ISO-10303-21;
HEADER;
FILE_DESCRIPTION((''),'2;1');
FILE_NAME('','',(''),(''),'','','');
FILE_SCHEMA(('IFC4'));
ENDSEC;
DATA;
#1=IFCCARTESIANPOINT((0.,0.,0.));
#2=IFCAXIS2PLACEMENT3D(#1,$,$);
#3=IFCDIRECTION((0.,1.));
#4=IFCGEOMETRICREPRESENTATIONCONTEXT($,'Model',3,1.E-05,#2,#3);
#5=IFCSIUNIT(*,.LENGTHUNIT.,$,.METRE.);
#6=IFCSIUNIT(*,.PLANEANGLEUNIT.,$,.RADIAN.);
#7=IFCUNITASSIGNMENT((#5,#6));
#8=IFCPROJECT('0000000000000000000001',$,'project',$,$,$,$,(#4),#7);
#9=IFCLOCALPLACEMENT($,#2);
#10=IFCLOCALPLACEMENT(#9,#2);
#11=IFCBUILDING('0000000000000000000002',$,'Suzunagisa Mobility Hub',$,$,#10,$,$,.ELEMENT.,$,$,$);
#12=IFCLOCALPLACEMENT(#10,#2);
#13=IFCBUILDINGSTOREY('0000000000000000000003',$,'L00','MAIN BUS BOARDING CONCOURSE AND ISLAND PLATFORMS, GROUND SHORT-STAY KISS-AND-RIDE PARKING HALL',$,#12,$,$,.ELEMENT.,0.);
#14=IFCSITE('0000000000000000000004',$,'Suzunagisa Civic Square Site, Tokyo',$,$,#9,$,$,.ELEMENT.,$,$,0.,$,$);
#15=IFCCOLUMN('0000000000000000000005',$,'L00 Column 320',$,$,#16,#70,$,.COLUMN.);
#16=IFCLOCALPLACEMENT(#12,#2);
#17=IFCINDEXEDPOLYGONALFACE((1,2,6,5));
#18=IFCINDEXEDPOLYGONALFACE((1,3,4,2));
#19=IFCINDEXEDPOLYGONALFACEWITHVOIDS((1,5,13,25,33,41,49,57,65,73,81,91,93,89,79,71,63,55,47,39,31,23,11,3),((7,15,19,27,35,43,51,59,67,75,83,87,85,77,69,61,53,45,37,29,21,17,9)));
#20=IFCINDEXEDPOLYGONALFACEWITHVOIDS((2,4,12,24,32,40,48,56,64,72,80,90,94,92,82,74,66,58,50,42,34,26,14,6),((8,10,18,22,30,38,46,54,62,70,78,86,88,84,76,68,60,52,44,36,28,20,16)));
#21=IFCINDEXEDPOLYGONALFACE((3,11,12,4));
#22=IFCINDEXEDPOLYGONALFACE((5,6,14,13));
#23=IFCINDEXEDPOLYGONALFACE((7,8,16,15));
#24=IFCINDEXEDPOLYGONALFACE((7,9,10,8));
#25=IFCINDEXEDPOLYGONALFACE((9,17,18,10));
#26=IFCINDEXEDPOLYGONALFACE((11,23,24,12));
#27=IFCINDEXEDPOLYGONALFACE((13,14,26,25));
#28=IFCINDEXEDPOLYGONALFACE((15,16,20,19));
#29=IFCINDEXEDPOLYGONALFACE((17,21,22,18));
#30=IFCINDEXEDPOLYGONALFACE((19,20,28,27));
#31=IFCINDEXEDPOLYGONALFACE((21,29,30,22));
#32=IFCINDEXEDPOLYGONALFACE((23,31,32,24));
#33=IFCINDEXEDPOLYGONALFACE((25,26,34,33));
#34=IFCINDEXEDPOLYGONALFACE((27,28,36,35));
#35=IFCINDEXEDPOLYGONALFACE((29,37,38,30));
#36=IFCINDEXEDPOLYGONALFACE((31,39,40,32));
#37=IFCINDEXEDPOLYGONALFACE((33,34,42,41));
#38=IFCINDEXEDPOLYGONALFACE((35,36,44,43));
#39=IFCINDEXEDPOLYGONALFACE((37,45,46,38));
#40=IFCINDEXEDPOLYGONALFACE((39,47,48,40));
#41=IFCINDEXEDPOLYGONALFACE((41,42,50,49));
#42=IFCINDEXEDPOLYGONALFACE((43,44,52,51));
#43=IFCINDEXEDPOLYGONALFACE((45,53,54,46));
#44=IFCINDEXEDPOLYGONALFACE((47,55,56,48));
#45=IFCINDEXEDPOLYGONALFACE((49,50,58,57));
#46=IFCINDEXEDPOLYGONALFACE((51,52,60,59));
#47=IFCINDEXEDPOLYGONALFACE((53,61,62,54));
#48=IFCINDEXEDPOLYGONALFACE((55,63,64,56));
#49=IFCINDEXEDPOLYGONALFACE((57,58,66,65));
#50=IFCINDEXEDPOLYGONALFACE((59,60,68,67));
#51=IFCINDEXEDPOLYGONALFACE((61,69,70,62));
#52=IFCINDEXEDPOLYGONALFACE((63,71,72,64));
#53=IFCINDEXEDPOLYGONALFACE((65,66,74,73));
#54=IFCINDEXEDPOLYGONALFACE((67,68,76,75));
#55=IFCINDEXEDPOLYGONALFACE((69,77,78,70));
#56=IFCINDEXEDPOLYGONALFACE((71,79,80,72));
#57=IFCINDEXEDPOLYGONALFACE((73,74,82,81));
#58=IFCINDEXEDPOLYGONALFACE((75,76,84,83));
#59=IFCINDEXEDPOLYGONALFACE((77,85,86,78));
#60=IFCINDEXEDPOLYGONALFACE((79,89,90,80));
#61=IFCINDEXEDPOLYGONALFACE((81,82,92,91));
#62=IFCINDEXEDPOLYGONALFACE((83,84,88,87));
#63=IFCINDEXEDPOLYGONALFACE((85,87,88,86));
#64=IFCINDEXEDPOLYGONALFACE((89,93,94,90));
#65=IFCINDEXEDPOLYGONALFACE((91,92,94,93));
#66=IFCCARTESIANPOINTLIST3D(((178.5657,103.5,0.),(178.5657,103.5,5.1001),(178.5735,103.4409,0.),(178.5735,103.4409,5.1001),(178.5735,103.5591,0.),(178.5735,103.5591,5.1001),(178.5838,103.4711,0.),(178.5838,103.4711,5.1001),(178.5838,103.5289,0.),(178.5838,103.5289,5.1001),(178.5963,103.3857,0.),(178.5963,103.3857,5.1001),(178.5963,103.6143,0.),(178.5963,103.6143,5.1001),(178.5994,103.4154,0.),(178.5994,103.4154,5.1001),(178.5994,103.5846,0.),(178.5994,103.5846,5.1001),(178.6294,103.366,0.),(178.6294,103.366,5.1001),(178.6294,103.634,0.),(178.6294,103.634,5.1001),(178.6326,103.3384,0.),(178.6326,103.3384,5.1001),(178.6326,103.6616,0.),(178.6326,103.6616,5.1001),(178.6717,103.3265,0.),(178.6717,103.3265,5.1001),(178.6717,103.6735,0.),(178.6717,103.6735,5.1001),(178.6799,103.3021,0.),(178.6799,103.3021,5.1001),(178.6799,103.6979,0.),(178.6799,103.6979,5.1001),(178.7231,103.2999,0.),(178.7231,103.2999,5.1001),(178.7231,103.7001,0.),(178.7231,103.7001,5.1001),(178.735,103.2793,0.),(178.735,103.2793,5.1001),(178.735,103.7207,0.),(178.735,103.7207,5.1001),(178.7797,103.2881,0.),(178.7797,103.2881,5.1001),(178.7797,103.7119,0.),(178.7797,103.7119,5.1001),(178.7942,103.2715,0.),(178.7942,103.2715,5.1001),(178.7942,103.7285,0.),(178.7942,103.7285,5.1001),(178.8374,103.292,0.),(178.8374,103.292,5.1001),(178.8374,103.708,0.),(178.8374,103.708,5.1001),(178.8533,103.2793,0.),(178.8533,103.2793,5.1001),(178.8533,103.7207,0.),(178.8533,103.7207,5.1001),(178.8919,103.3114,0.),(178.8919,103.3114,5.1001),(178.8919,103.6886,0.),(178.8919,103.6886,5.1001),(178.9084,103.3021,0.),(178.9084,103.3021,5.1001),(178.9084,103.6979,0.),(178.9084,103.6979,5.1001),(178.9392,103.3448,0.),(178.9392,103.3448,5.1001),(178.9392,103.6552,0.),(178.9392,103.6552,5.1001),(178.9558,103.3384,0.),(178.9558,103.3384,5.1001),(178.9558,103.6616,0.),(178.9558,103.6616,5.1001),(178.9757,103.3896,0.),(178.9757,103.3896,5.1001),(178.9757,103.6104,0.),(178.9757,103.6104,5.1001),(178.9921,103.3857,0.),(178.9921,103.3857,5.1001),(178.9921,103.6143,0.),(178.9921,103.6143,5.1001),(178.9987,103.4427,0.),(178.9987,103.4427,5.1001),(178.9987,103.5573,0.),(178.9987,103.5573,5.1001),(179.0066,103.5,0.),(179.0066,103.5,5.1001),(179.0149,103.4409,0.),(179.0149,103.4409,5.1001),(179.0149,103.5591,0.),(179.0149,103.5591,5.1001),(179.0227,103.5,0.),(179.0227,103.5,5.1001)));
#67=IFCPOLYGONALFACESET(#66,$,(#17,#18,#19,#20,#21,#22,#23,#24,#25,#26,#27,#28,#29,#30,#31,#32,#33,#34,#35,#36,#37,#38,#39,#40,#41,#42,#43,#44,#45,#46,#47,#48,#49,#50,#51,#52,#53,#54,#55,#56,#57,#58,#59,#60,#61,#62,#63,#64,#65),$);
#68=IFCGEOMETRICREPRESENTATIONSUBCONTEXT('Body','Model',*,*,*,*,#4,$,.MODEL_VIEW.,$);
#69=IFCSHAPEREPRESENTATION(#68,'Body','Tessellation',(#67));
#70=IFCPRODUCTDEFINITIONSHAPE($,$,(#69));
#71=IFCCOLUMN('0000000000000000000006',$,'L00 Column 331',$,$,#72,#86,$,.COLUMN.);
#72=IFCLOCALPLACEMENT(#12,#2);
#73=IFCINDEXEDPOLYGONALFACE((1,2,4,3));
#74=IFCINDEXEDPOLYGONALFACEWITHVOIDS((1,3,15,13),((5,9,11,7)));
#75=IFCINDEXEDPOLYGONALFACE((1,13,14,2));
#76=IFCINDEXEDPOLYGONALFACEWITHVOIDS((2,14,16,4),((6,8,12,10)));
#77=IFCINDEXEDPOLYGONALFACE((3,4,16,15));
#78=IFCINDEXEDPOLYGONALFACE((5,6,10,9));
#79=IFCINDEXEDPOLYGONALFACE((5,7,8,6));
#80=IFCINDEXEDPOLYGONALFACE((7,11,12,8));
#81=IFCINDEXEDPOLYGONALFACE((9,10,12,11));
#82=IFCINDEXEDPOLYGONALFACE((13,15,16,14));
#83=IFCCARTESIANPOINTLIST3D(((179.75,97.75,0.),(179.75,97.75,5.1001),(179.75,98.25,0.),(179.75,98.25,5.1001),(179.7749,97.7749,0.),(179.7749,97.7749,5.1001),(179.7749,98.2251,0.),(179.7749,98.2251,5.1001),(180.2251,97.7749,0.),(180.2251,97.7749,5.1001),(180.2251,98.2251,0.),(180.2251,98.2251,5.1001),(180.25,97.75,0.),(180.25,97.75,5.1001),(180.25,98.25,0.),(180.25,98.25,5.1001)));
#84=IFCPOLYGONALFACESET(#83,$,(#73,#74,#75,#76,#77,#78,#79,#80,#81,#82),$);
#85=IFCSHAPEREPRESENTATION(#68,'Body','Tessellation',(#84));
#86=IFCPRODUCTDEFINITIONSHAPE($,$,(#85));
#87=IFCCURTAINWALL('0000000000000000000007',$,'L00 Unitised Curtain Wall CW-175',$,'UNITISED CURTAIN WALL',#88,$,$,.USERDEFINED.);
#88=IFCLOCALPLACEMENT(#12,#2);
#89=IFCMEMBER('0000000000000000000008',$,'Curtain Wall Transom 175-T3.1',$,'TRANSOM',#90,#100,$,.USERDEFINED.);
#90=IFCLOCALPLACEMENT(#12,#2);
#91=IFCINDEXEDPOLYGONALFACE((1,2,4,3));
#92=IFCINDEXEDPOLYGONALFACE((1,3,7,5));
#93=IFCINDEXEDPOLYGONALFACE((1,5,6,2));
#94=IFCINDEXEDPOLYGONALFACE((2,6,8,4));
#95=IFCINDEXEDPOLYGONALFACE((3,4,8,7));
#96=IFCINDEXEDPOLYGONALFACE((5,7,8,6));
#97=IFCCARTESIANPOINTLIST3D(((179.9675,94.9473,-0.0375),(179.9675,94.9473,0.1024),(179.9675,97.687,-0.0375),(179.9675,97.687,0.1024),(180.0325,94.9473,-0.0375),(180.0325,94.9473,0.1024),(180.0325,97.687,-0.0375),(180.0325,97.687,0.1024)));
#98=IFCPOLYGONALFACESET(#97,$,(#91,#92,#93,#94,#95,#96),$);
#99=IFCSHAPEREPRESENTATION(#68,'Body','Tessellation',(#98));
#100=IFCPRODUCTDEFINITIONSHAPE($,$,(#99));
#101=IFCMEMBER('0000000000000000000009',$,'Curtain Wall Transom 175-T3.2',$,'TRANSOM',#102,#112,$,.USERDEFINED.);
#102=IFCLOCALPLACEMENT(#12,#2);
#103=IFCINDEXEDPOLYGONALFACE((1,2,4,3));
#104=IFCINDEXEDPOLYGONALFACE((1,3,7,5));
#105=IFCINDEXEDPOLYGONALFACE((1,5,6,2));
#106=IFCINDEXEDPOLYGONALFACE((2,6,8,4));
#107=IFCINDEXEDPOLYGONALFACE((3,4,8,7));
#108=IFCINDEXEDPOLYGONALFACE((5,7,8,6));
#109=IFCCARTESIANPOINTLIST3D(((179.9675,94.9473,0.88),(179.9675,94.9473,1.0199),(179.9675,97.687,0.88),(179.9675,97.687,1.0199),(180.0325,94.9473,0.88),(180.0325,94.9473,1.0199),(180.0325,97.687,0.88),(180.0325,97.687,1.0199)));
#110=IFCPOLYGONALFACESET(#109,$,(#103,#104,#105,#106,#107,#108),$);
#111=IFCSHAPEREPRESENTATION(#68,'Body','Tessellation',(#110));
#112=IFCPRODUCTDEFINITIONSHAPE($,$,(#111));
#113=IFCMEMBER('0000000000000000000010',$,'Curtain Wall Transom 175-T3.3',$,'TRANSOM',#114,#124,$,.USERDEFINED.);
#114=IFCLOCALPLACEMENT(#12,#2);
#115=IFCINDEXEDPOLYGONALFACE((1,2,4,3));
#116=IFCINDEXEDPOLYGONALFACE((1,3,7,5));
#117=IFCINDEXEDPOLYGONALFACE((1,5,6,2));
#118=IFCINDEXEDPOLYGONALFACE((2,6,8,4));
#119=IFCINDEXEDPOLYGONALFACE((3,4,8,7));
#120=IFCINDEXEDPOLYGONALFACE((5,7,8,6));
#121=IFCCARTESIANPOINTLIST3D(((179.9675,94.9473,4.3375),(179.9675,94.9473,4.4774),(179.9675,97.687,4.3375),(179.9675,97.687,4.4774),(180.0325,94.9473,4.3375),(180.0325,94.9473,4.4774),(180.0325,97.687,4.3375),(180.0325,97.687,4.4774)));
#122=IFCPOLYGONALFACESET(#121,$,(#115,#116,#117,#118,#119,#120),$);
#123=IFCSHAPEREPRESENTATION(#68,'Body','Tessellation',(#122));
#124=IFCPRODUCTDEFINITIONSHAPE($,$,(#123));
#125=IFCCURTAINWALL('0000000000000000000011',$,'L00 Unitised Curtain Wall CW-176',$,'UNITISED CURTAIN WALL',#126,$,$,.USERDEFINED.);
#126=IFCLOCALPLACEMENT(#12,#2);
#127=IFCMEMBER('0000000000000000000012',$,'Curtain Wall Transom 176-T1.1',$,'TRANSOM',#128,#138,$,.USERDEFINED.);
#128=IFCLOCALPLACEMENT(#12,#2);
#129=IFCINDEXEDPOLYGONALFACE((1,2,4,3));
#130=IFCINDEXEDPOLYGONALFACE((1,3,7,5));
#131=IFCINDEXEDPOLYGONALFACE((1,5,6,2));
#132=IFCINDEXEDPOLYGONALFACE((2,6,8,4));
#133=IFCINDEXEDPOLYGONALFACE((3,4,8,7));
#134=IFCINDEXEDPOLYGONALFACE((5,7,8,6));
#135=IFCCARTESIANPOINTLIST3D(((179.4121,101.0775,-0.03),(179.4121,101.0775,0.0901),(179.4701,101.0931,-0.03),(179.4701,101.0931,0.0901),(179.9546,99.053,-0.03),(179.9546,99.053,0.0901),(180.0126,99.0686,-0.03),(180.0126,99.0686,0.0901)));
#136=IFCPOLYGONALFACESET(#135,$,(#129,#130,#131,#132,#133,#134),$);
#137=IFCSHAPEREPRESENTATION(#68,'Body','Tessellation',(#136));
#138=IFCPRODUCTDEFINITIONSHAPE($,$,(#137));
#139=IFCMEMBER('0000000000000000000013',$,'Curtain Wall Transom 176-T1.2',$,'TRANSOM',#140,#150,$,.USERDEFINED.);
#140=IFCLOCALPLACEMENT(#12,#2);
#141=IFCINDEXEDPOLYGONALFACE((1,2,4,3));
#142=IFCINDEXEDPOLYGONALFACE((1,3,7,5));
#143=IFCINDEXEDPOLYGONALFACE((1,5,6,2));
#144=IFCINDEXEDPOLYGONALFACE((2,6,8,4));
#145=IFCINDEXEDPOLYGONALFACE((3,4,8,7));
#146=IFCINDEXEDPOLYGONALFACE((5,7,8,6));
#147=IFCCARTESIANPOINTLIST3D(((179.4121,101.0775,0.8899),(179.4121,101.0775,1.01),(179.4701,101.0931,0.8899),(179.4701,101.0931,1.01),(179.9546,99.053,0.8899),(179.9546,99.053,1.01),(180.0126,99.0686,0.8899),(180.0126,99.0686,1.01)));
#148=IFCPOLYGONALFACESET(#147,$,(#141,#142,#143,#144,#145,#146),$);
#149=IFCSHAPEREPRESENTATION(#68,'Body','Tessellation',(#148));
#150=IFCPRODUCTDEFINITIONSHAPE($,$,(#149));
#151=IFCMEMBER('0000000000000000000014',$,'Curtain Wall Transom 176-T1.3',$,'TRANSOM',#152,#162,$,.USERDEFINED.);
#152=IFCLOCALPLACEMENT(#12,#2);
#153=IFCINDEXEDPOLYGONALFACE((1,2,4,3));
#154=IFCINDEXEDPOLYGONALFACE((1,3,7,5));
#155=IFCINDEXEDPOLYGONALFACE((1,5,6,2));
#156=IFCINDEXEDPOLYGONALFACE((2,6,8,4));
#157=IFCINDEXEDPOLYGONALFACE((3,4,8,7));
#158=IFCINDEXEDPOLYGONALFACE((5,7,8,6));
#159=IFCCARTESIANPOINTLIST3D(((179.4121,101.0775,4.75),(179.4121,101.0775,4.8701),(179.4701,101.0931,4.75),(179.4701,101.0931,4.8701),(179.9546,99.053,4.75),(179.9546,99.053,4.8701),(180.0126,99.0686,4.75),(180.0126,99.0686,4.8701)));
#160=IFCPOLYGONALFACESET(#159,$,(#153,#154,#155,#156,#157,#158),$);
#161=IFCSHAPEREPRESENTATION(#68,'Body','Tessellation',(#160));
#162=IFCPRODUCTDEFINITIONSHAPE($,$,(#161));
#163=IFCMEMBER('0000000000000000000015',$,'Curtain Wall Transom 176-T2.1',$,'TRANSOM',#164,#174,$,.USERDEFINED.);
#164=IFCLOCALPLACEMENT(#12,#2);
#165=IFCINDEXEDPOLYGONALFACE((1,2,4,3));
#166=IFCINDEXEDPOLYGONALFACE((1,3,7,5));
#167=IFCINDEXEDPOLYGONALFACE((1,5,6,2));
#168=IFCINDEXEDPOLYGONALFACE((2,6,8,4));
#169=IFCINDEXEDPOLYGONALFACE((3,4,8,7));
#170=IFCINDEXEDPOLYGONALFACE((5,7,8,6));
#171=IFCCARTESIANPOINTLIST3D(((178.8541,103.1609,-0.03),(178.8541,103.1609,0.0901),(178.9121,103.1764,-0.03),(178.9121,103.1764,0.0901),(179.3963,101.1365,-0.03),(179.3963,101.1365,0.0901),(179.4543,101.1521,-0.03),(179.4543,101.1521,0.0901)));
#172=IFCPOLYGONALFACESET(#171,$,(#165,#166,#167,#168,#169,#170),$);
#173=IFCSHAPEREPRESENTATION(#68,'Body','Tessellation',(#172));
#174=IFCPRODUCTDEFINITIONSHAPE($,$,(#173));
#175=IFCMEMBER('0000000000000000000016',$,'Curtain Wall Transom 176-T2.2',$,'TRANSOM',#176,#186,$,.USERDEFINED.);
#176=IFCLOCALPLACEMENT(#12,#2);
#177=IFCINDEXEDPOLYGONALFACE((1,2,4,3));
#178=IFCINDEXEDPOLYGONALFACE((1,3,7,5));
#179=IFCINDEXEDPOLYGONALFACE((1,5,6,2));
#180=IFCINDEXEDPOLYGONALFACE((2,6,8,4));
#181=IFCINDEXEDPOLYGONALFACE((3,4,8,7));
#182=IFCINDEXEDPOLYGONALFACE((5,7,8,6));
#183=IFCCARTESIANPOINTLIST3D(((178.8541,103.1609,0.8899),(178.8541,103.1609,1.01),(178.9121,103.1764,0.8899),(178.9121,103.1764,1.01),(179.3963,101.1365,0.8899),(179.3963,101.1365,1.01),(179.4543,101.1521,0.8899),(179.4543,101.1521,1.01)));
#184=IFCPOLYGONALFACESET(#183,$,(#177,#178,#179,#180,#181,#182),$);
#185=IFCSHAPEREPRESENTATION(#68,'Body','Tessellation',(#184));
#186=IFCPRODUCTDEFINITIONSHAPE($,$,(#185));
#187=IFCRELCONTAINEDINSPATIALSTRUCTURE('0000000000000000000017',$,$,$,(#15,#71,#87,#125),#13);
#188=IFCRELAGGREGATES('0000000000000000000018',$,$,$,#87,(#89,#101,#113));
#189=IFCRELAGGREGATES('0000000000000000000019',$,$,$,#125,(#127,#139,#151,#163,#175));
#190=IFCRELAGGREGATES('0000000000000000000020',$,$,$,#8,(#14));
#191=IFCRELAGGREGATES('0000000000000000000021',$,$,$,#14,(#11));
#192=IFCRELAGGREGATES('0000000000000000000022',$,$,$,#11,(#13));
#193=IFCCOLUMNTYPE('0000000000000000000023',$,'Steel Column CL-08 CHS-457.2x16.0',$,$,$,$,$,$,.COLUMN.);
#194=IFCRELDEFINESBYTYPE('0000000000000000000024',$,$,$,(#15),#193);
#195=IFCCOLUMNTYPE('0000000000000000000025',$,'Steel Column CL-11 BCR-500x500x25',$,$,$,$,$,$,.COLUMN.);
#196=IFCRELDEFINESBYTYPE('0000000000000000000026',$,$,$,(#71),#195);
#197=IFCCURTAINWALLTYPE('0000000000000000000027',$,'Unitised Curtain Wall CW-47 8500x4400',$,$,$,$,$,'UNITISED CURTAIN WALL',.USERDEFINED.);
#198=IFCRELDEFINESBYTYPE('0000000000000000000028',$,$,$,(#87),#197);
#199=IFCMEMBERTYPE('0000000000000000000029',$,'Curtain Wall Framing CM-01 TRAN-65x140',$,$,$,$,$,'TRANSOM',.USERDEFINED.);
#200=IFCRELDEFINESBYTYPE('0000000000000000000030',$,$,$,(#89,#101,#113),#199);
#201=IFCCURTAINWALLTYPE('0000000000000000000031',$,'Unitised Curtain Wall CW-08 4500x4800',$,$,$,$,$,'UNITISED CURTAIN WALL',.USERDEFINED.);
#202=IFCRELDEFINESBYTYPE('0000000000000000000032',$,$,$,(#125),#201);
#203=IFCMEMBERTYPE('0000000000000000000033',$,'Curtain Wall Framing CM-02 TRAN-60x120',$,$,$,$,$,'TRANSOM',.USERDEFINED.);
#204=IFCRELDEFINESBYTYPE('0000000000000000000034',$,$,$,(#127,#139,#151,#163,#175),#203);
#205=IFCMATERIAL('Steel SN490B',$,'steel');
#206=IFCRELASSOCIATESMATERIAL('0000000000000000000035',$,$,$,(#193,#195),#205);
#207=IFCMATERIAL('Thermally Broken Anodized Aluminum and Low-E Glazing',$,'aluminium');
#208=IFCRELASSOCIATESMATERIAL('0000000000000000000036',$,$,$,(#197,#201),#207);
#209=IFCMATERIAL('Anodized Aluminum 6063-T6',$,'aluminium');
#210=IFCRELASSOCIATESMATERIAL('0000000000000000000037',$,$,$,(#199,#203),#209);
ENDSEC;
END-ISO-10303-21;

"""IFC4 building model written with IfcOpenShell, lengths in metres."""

from ifc_helpers import new_model, si_unit, direction, frame, origin, origin_2d, place, context, subcontext, project, spatial, rectangle, hollow_rectangle, hollow_circle, extrude, material, material_profile, profile_set, type_object, element, aggregate, save


model = new_model("IFC4")

# Units and contexts
model_context = context("Model", 3, precision=1e-05, world=origin(), true_north=direction((0.0, 1.0)))
body_context = subcontext(model_context, "Body", "Model", "MODEL_VIEW")
ifc_project = project(units=[si_unit("LENGTHUNIT", "METRE"), si_unit("PLANEANGLEUNIT", "RADIAN")], contexts=[model_context])

# Site, building, storey
site_placement = place(None, origin())
site = spatial("IfcSite", under=ifc_project, at=site_placement, Name="Suzunagisa Civic Square Site, Tokyo", CompositionType="ELEMENT", RefElevation=0.0)
building_placement = place(site_placement, origin())
building = spatial("IfcBuilding", under=site, at=building_placement, Name="Suzunagisa Mobility Hub", CompositionType="ELEMENT")
storey_placement = place(building_placement, origin())
storey = spatial("IfcBuildingStorey", under=building, at=storey_placement, Name="L00", Description="MAIN BUS BOARDING CONCOURSE AND ISLAND PLATFORMS, GROUND SHORT-STAY KISS-AND-RIDE PARKING HALL", CompositionType="ELEMENT", Elevation=0.0)

# Columns
ifc_material_1 = material(Name="Steel SN490B", Category="steel")
ifc_material_profile_1 = material_profile(ifc_material_1, hollow_circle(Radius=0.2285, WallThickness=0.0161, at=origin_2d()), Name="CHS-457.2x16.0")
ifc_profile_set_1 = profile_set([ifc_material_profile_1], Name="Steel SN490B")
column_type_1 = type_object("IfcColumnType", Name="Steel Column CL-08 CHS-457.2x16.0", PredefinedType="COLUMN", material=ifc_profile_set_1)
column_1_placement = place(storey_placement, frame((178.7942, 103.5, 0.0), z_axis=(0.0, 0.0, 1.0), x_axis=(1.0, 0.0, 0.0)))
element("IfcColumn", 1, at=column_1_placement, inside=storey, type_object=column_type_1, Name="L00 Column 320", PredefinedType="COLUMN", context=body_context, shape_type="SweptSolid", body=[
    extrude(hollow_circle(Radius=0.2285, WallThickness=0.0161, at=origin_2d()), origin(), (0.0, 0.0, 1.0), 5.1001),
])
ifc_material_profile_2 = material_profile(ifc_material_1, hollow_rectangle(XDim=0.5, YDim=0.5, WallThickness=0.0249, at=origin_2d()), Name="BCR-500x500x25")
ifc_profile_set_2 = profile_set([ifc_material_profile_2], Name="Steel SN490B")
column_type_2 = type_object("IfcColumnType", Name="Steel Column CL-11 BCR-500x500x25", PredefinedType="COLUMN", material=ifc_profile_set_2)
column_2_placement = place(storey_placement, frame((180.0, 98.0, 0.0), z_axis=(0.0, 0.0, 1.0), x_axis=(1.0, 0.0, 0.0)))
element("IfcColumn", 2, at=column_2_placement, inside=storey, type_object=column_type_2, Name="L00 Column 331", PredefinedType="COLUMN", context=body_context, shape_type="SweptSolid", body=[
    extrude(hollow_rectangle(XDim=0.5, YDim=0.5, WallThickness=0.0249, at=origin_2d()), origin(), (0.0, 0.0, 1.0), 5.1001),
])

# Curtain walls, members
ifc_material_2 = material(Name="Thermally Broken Anodized Aluminum and Low-E Glazing", Category="aluminium")
curtain_wall_type_1 = type_object("IfcCurtainWallType", Name="Unitised Curtain Wall CW-47 8500x4400", ElementType="UNITISED CURTAIN WALL", PredefinedType="USERDEFINED", material=ifc_material_2)
curtain_wall_1_placement = place(storey_placement, origin())
curtain_wall_1 = element("IfcCurtainWall", 3, at=curtain_wall_1_placement, inside=storey, type_object=curtain_wall_type_1, Name="L00 Unitised Curtain Wall CW-175", ObjectType="UNITISED CURTAIN WALL", PredefinedType="USERDEFINED")
ifc_material_3 = material(Name="Anodized Aluminum 6063-T6", Category="aluminium")
ifc_material_profile_3 = material_profile(ifc_material_3, rectangle(XDim=0.0649, YDim=0.1399, at=origin_2d()), Name="TRAN-65x140")
ifc_profile_set_3 = profile_set([ifc_material_profile_3], Name="Anodized Aluminum 6063-T6")
member_type_1 = type_object("IfcMemberType", Name="Curtain Wall Framing CM-01 TRAN-65x140", ElementType="TRANSOM", PredefinedType="USERDEFINED", material=ifc_profile_set_3)
member_1_placement = place(storey_placement, frame((180.0, 94.9473, 0.0325), z_axis=(0.0, 1.0, 0.0), x_axis=(-1.0, 0.0, 0.0)))
member_1 = element("IfcMember", 4, at=member_1_placement, type_object=member_type_1, Name="Curtain Wall Transom 175-T3.1", ObjectType="TRANSOM", PredefinedType="USERDEFINED", context=body_context, shape_type="SweptSolid", body=[
    extrude(rectangle(XDim=0.0649, YDim=0.1399, at=origin_2d()), origin(), (0.0, 0.0, 1.0), 2.7397),
])
member_2_placement = place(storey_placement, frame((180.0, 94.9473, 0.95), z_axis=(0.0, 1.0, 0.0), x_axis=(-1.0, 0.0, 0.0)))
member_2 = element("IfcMember", 5, at=member_2_placement, type_object=member_type_1, Name="Curtain Wall Transom 175-T3.2", ObjectType="TRANSOM", PredefinedType="USERDEFINED", context=body_context, shape_type="SweptSolid", body=[
    extrude(rectangle(XDim=0.0649, YDim=0.1399, at=origin_2d()), origin(), (0.0, 0.0, 1.0), 2.7397),
])
member_3_placement = place(storey_placement, frame((180.0, 94.9473, 4.4075), z_axis=(0.0, 1.0, 0.0), x_axis=(-1.0, 0.0, 0.0)))
member_3 = element("IfcMember", 6, at=member_3_placement, type_object=member_type_1, Name="Curtain Wall Transom 175-T3.3", ObjectType="TRANSOM", PredefinedType="USERDEFINED", context=body_context, shape_type="SweptSolid", body=[
    extrude(rectangle(XDim=0.0649, YDim=0.1399, at=origin_2d()), origin(), (0.0, 0.0, 1.0), 2.7397),
])
curtain_wall_type_2 = type_object("IfcCurtainWallType", Name="Unitised Curtain Wall CW-08 4500x4800", ElementType="UNITISED CURTAIN WALL", PredefinedType="USERDEFINED", material=ifc_material_2)
curtain_wall_2_placement = place(storey_placement, origin())
curtain_wall_2 = element("IfcCurtainWall", 7, at=curtain_wall_2_placement, inside=storey, type_object=curtain_wall_type_2, Name="L00 Unitised Curtain Wall CW-176", ObjectType="UNITISED CURTAIN WALL", PredefinedType="USERDEFINED")
ifc_material_profile_4 = material_profile(ifc_material_3, rectangle(XDim=0.0601, YDim=0.1201, at=origin_2d()), Name="TRAN-60x120")
ifc_profile_set_4 = profile_set([ifc_material_profile_4], Name="Anodized Aluminum 6063-T6")
member_type_2 = type_object("IfcMemberType", Name="Curtain Wall Framing CM-02 TRAN-60x120", ElementType="TRANSOM", PredefinedType="USERDEFINED", material=ifc_profile_set_4)
member_4_placement = place(storey_placement, frame((179.9836, 99.0608, 0.03), z_axis=(-0.258837, 0.965921, 0.0), x_axis=(-0.965921, -0.258837, 0.0)))
member_4 = element("IfcMember", 8, at=member_4_placement, type_object=member_type_2, Name="Curtain Wall Transom 176-T1.1", ObjectType="TRANSOM", PredefinedType="USERDEFINED", context=body_context, shape_type="SweptSolid", body=[
    extrude(rectangle(XDim=0.0601, YDim=0.1201, at=origin_2d()), origin(), (0.0, 0.0, 1.0), 2.0959),
])
member_5_placement = place(storey_placement, frame((179.9836, 99.0608, 0.95), z_axis=(-0.258837, 0.965921, 0.0), x_axis=(-0.965921, -0.258837, 0.0)))
member_5 = element("IfcMember", 9, at=member_5_placement, type_object=member_type_2, Name="Curtain Wall Transom 176-T1.2", ObjectType="TRANSOM", PredefinedType="USERDEFINED", context=body_context, shape_type="SweptSolid", body=[
    extrude(rectangle(XDim=0.0601, YDim=0.1201, at=origin_2d()), origin(), (0.0, 0.0, 1.0), 2.0959),
])
member_6_placement = place(storey_placement, frame((179.9836, 99.0608, 4.8101), z_axis=(-0.258837, 0.965921, 0.0), x_axis=(-0.965921, -0.258837, 0.0)))
member_6 = element("IfcMember", 10, at=member_6_placement, type_object=member_type_2, Name="Curtain Wall Transom 176-T1.3", ObjectType="TRANSOM", PredefinedType="USERDEFINED", context=body_context, shape_type="SweptSolid", body=[
    extrude(rectangle(XDim=0.0601, YDim=0.1201, at=origin_2d()), origin(), (0.0, 0.0, 1.0), 2.0959),
])
member_7_placement = place(storey_placement, frame((179.4253, 101.1443, 0.03), z_axis=(-0.258728, 0.96595, 0.0), x_axis=(-0.96595, -0.258728, 0.0)))
member_7 = element("IfcMember", 11, at=member_7_placement, type_object=member_type_2, Name="Curtain Wall Transom 176-T2.1", ObjectType="TRANSOM", PredefinedType="USERDEFINED", context=body_context, shape_type="SweptSolid", body=[
    extrude(rectangle(XDim=0.0601, YDim=0.1201, at=origin_2d()), origin(), (0.0, 0.0, 1.0), 2.0957),
])
member_8_placement = place(storey_placement, frame((179.4253, 101.1443, 0.95), z_axis=(-0.258728, 0.96595, 0.0), x_axis=(-0.96595, -0.258728, 0.0)))
member_8 = element("IfcMember", 12, at=member_8_placement, type_object=member_type_2, Name="Curtain Wall Transom 176-T2.2", ObjectType="TRANSOM", PredefinedType="USERDEFINED", context=body_context, shape_type="SweptSolid", body=[
    extrude(rectangle(XDim=0.0601, YDim=0.1201, at=origin_2d()), origin(), (0.0, 0.0, 1.0), 2.0957),
])

aggregate(curtain_wall_1, [member_1, member_2, member_3])
aggregate(curtain_wall_2, [member_4, member_5, member_6, member_7, member_8])

save(model, "model.ifc")
